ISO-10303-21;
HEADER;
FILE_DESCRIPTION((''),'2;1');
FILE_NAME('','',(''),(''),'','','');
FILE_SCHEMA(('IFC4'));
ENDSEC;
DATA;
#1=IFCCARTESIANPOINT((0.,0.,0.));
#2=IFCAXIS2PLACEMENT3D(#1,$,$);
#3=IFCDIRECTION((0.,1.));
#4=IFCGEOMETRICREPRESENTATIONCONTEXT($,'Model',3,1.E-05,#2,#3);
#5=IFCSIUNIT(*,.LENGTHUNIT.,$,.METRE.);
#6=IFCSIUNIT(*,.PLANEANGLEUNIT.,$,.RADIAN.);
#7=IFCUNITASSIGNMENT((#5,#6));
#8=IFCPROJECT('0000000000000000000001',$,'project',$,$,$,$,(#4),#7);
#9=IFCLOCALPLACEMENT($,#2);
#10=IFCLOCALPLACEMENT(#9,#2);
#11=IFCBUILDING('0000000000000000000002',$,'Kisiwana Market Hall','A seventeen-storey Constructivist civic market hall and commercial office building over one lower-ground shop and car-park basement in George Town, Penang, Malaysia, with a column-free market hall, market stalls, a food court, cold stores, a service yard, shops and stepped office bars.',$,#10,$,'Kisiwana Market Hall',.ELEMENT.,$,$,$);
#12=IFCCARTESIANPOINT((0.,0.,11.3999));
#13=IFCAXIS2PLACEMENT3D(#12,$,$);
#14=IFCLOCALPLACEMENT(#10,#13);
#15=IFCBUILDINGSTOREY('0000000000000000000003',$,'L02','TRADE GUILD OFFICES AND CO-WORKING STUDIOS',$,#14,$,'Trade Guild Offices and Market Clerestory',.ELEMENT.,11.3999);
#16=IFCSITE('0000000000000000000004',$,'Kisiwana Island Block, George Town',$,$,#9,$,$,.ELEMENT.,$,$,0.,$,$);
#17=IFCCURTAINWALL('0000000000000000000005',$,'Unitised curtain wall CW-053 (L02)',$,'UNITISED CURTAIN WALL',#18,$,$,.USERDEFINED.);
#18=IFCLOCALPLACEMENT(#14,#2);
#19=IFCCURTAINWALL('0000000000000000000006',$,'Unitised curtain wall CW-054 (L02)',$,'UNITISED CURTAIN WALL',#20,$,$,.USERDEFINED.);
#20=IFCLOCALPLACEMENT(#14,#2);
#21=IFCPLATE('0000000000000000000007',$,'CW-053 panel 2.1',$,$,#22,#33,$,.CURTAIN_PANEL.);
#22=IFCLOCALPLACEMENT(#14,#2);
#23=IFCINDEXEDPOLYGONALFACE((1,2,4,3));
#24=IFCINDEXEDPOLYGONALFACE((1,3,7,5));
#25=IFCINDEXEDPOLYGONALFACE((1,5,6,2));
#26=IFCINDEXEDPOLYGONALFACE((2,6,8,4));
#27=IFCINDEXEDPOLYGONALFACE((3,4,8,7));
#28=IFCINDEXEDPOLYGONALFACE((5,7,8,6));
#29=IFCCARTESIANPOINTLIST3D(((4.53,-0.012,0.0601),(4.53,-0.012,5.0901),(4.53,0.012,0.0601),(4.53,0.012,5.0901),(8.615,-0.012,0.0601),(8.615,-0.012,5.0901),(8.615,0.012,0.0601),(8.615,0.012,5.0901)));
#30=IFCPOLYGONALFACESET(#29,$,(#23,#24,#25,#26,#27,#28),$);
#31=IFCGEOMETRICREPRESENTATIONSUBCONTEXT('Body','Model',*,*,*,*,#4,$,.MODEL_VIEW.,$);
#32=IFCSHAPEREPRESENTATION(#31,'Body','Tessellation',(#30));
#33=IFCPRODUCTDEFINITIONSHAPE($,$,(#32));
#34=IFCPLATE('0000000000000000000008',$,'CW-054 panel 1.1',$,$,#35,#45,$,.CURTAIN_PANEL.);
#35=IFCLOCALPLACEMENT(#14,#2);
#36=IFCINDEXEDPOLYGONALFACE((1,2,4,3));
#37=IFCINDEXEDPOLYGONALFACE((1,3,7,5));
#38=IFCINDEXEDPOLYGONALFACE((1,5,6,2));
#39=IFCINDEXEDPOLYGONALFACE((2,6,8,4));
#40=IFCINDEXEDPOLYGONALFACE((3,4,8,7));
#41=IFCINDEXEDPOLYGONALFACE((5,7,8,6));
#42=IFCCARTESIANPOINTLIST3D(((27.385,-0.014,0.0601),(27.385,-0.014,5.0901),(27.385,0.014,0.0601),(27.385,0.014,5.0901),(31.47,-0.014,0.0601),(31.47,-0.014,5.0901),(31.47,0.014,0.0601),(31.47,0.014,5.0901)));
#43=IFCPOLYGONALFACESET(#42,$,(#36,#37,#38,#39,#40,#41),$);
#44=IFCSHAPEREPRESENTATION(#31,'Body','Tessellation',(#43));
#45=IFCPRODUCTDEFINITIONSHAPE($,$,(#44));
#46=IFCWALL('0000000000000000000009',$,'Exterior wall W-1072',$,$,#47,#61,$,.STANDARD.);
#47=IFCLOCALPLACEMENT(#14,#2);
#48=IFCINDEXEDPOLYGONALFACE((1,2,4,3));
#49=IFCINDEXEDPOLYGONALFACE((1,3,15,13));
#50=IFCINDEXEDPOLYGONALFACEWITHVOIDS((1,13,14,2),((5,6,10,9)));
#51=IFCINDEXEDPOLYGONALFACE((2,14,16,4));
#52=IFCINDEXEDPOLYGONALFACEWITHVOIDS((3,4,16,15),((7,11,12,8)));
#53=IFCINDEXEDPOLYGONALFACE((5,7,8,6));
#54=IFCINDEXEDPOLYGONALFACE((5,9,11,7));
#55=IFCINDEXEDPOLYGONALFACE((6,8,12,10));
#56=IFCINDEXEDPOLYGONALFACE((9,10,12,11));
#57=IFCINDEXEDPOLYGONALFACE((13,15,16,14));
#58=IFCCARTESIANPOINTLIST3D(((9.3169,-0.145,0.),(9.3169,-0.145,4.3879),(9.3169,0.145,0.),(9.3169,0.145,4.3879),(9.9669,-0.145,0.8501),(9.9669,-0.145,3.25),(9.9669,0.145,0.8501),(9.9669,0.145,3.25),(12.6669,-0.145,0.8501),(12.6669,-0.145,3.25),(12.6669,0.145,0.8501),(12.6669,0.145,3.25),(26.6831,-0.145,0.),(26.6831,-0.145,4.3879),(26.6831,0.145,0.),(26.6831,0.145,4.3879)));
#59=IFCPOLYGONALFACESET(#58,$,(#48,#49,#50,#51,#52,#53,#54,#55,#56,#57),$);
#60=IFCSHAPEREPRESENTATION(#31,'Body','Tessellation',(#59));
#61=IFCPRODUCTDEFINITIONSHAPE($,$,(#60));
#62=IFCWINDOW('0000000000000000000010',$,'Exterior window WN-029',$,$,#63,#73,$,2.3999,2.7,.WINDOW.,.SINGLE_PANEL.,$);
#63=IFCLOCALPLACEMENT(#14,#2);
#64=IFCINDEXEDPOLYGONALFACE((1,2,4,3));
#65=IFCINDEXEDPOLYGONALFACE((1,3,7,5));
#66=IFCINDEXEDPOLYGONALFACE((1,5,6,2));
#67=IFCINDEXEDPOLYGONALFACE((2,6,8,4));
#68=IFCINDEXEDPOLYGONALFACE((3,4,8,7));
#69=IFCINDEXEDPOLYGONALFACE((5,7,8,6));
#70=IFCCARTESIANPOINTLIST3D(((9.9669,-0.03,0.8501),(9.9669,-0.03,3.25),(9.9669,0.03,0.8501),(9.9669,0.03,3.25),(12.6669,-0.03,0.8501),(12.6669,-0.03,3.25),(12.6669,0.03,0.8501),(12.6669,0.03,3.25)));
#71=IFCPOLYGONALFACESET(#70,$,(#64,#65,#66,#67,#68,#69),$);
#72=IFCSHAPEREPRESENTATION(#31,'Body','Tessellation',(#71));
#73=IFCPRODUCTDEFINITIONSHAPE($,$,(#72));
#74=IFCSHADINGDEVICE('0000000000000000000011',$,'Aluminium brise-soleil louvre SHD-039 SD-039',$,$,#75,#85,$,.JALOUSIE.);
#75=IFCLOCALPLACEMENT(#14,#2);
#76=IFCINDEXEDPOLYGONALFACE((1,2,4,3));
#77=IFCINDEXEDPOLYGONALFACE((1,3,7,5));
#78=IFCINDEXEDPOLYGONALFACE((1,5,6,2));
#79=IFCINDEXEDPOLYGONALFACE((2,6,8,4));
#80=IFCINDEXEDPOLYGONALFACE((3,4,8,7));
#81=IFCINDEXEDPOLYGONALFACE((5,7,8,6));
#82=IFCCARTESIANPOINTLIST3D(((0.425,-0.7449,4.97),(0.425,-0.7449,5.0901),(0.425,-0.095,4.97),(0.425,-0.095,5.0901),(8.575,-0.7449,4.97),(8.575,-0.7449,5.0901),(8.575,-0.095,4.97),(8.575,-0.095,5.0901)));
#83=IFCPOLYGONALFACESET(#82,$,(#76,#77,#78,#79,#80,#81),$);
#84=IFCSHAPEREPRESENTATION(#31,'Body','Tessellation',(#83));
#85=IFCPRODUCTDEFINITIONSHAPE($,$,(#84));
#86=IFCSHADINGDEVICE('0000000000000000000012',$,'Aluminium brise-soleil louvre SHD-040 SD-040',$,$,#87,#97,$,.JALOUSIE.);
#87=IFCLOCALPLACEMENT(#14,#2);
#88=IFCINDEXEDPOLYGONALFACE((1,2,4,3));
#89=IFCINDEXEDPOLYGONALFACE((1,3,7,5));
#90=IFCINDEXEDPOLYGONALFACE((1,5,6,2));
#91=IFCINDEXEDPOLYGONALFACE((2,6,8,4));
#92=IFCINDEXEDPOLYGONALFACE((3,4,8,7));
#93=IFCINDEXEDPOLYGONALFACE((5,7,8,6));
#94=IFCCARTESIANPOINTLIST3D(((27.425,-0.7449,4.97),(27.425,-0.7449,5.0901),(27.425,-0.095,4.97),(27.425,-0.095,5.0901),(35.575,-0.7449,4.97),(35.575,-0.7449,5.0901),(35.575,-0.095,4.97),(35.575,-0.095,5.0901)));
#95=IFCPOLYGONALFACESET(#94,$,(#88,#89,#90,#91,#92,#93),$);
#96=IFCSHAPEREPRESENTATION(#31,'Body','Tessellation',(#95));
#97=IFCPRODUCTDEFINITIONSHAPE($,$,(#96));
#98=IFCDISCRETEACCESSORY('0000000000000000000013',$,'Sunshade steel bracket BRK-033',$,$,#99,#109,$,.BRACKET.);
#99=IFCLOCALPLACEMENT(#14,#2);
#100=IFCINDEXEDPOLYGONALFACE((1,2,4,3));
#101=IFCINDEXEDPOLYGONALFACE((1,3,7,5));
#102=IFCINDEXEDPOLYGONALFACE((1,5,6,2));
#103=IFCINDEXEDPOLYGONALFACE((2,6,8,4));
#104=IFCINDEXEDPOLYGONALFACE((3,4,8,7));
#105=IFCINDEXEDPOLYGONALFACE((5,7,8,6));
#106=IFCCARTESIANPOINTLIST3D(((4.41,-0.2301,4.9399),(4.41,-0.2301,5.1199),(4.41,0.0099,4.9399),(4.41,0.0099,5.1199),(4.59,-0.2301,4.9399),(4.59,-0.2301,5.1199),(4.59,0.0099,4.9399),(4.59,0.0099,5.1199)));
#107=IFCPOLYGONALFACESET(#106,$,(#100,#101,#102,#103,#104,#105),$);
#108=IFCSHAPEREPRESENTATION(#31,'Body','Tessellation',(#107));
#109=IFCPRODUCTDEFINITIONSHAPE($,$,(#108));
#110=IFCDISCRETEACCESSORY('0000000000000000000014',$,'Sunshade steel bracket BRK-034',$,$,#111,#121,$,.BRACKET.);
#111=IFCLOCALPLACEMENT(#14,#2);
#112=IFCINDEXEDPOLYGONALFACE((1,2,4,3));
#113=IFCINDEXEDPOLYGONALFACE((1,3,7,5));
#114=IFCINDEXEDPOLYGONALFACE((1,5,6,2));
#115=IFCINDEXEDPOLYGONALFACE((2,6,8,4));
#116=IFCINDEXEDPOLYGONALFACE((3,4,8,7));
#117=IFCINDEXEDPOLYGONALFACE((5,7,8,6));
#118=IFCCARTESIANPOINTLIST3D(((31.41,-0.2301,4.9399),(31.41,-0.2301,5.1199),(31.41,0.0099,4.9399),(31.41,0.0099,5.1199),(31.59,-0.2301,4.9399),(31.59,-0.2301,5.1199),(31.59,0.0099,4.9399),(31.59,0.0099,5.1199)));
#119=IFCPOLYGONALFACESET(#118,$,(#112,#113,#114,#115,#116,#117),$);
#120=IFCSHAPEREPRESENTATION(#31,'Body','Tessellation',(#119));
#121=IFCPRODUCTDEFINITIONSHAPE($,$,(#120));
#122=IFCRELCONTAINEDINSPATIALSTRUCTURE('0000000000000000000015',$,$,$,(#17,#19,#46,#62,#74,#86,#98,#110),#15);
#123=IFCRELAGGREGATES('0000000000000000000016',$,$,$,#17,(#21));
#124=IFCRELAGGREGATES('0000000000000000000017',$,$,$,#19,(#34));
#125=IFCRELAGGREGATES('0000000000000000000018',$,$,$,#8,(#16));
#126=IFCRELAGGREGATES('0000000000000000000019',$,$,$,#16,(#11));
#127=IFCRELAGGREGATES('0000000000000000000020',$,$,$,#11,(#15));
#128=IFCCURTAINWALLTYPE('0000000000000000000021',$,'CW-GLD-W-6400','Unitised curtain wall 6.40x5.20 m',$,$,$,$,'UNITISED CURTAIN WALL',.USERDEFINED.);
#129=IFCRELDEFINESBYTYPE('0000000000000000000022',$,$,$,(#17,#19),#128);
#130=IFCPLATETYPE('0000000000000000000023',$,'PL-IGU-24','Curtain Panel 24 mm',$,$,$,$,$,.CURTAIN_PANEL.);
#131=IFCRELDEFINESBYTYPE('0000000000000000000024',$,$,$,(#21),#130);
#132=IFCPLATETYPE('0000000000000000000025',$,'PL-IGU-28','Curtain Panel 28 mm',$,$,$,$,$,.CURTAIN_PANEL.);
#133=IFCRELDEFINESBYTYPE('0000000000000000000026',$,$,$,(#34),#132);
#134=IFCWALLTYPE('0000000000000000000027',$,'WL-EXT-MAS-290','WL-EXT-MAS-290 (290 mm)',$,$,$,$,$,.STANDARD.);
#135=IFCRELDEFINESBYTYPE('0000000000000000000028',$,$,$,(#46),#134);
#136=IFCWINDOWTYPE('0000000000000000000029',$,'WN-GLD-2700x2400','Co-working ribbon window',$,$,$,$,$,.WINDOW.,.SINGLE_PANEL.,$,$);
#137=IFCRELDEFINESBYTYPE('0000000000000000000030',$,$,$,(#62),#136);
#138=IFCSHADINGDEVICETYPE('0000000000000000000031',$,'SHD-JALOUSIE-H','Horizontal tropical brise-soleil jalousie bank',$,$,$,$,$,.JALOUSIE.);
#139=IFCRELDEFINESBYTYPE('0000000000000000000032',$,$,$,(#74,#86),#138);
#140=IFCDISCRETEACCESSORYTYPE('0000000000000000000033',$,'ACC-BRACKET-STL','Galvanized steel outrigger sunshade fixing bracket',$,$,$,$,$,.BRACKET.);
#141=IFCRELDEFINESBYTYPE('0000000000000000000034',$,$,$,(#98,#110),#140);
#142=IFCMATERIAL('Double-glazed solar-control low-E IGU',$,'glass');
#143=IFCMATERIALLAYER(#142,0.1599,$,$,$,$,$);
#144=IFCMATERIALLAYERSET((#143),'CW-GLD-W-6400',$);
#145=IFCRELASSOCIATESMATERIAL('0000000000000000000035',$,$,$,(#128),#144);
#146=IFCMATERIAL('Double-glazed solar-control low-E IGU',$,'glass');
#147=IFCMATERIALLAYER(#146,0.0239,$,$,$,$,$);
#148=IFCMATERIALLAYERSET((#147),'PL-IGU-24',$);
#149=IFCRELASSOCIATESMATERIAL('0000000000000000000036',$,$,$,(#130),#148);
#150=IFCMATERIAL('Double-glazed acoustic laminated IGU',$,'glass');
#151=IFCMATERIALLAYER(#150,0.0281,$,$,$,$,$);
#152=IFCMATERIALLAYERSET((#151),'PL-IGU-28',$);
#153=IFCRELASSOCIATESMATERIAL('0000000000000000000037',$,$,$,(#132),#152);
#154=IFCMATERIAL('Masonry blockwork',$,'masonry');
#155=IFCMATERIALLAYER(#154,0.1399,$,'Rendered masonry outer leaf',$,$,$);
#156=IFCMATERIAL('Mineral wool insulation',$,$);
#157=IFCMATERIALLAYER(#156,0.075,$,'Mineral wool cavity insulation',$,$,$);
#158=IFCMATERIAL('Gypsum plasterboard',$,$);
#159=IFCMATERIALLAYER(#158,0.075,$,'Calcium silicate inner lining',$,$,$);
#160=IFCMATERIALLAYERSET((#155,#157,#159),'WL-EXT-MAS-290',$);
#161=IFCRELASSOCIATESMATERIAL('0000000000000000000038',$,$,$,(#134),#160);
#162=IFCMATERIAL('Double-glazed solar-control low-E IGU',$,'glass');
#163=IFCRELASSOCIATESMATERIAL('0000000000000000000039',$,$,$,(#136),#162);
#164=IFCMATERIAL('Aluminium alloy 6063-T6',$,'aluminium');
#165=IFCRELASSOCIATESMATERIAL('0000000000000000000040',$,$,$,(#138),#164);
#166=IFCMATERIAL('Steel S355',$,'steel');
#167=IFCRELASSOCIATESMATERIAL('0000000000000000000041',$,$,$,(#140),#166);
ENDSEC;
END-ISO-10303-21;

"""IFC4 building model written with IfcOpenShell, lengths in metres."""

from ifc_helpers import new_model, si_unit, direction, frame, frame_2d, origin, origin_2d, place, context, subcontext, project, spatial, rectangle, extrude, material, layer, layer_set, type_object, element, fill, aggregate, save


model = new_model("IFC4")

# Units and contexts
model_context = context("Model", 3, precision=1e-05, world=origin(), true_north=direction((0.0, 1.0)))
body_context = subcontext(model_context, "Body", "Model", "MODEL_VIEW")
ifc_project = project(units=[si_unit("LENGTHUNIT", "METRE"), si_unit("PLANEANGLEUNIT", "RADIAN")], contexts=[model_context])

# Site, building, storey
site_placement = place(None, origin())
site = spatial("IfcSite", under=ifc_project, at=site_placement, Name="Kisiwana Island Block, George Town", CompositionType="ELEMENT", RefElevation=0.0)
building_placement = place(site_placement, origin())
building = spatial("IfcBuilding", under=site, at=building_placement, Name="Kisiwana Market Hall", Description="A seventeen-storey Constructivist civic market hall and commercial office building over one lower-ground shop and car-park basement in George Town, Penang, Malaysia, with a column-free market hall, market stalls, a food court, cold stores, a service yard, shops and stepped office bars.", LongName="Kisiwana Market Hall", CompositionType="ELEMENT")
storey_placement = place(building_placement, frame((0.0, 0.0, 11.3999)))
storey = spatial("IfcBuildingStorey", under=building, at=storey_placement, Name="L02", Description="TRADE GUILD OFFICES AND CO-WORKING STUDIOS", LongName="Trade Guild Offices and Market Clerestory", CompositionType="ELEMENT", Elevation=11.3999)

# Curtain wall
ifc_material_1 = material(Name="Double-glazed solar-control low-E IGU", Category="glass")
ifc_layer_1 = layer(ifc_material_1, 0.1599)
ifc_layer_set_1 = layer_set([ifc_layer_1], Name="CW-GLD-W-6400")
curtain_wall_type = type_object("IfcCurtainWallType", Name="CW-GLD-W-6400", Description="Unitised curtain wall 6.40x5.20 m", ElementType="UNITISED CURTAIN WALL", PredefinedType="USERDEFINED", material=ifc_layer_set_1)
curtain_wall_1_placement = place(storey_placement, origin())
curtain_wall_1 = element("IfcCurtainWall", 1, at=curtain_wall_1_placement, inside=storey, type_object=curtain_wall_type, Name="Unitised curtain wall CW-053 (L02)", ObjectType="UNITISED CURTAIN WALL", PredefinedType="USERDEFINED")

# Curtain wall
curtain_wall_2_placement = place(storey_placement, origin())
curtain_wall_2 = element("IfcCurtainWall", 2, at=curtain_wall_2_placement, inside=storey, type_object=curtain_wall_type, Name="Unitised curtain wall CW-054 (L02)", ObjectType="UNITISED CURTAIN WALL", PredefinedType="USERDEFINED")

# Plates
ifc_material_2 = material(Name="Double-glazed solar-control low-E IGU", Category="glass")
ifc_layer_2 = layer(ifc_material_2, 0.0239)
ifc_layer_set_2 = layer_set([ifc_layer_2], Name="PL-IGU-24")
plate_type_1 = type_object("IfcPlateType", Name="PL-IGU-24", Description="Curtain Panel 24 mm", PredefinedType="CURTAIN_PANEL", material=ifc_layer_set_2)
plate_1_placement = place(storey_placement, frame((6.5725, 0.0, 0.0601), z_axis=(0.0, 0.0, 1.0), x_axis=(1.0, 0.0, 0.0)))
plate_1 = element("IfcPlate", 3, at=plate_1_placement, type_object=plate_type_1, Name="CW-053 panel 2.1", PredefinedType="CURTAIN_PANEL", context=body_context, shape_type="SweptSolid", body=[
    extrude(rectangle(XDim=4.085, YDim=0.0239, at=origin_2d()), origin(), (0.0, 0.0, 1.0), 5.03),
])
aggregate(curtain_wall_1, [plate_1])
ifc_material_3 = material(Name="Double-glazed acoustic laminated IGU", Category="glass")
ifc_layer_3 = layer(ifc_material_3, 0.0281)
ifc_layer_set_3 = layer_set([ifc_layer_3], Name="PL-IGU-28")
plate_type_2 = type_object("IfcPlateType", Name="PL-IGU-28", Description="Curtain Panel 28 mm", PredefinedType="CURTAIN_PANEL", material=ifc_layer_set_3)
plate_2_placement = place(storey_placement, frame((29.4275, 0.0, 0.0601), z_axis=(0.0, 0.0, 1.0), x_axis=(1.0, 0.0, 0.0)))
plate_2 = element("IfcPlate", 4, at=plate_2_placement, type_object=plate_type_2, Name="CW-054 panel 1.1", PredefinedType="CURTAIN_PANEL", context=body_context, shape_type="SweptSolid", body=[
    extrude(rectangle(XDim=4.085, YDim=0.0281, at=origin_2d()), origin(), (0.0, 0.0, 1.0), 5.03),
])
aggregate(curtain_wall_2, [plate_2])

# Wall, opening, window
ifc_material_4 = material(Name="Masonry blockwork", Category="masonry")
ifc_layer_4 = layer(ifc_material_4, 0.1399, Name="Rendered masonry outer leaf")
ifc_material_5 = material(Name="Mineral wool insulation")
ifc_layer_5 = layer(ifc_material_5, 0.075, Name="Mineral wool cavity insulation")
ifc_material_6 = material(Name="Gypsum plasterboard")
ifc_layer_6 = layer(ifc_material_6, 0.075, Name="Calcium silicate inner lining")
ifc_layer_set_4 = layer_set([ifc_layer_4, ifc_layer_5, ifc_layer_6], Name="WL-EXT-MAS-290")
wall_type = type_object("IfcWallType", Name="WL-EXT-MAS-290", Description="WL-EXT-MAS-290 (290 mm)", PredefinedType="STANDARD", material=ifc_layer_set_4)
wall_placement = place(storey_placement, frame((9.3169, 0.0, 0.0), z_axis=(0.0, 0.0, 1.0), x_axis=(1.0, 0.0, 0.0)))
wall = element("IfcWall", 5, at=wall_placement, inside=storey, type_object=wall_type, Name="Exterior wall W-1072", PredefinedType="STANDARD", context=body_context, shape_type="SweptSolid", body=[
    extrude(rectangle(XDim=17.3662, YDim=0.29, at=frame_2d((8.6831, 0.0))), origin(), (0.0, 0.0, 1.0), 4.3879),
])
opening_placement = place(wall_placement, frame((0.6499, 0.0, 0.8501)))
opening = element("IfcOpeningElement", 6, at=opening_placement, cuts=wall, PredefinedType="OPENING", context=body_context, shape_type="SweptSolid", body=[
    extrude(rectangle(XDim=2.7, YDim=2.3999, at=frame_2d((1.3501, 1.2))), frame((0.0, 0.157, 0.0), z_axis=(0.0, -1.0, 0.0), x_axis=(1.0, 0.0, 0.0)), (0.0, 0.0, 1.0), 0.314),
])
ifc_material_7 = material(Name="Double-glazed solar-control low-E IGU", Category="glass")
window_type = type_object("IfcWindowType", Name="WN-GLD-2700x2400", Description="Co-working ribbon window", PartitioningType="SINGLE_PANEL", PredefinedType="WINDOW", material=ifc_material_7)
window_placement = place(opening_placement, origin())
window = element("IfcWindow", 7, at=window_placement, inside=storey, type_object=window_type, Name="Exterior window WN-029", OverallHeight=2.3999, OverallWidth=2.7, PartitioningType="SINGLE_PANEL", PredefinedType="WINDOW", context=body_context, shape_type="SweptSolid", body=[
    extrude(rectangle(XDim=2.7, YDim=2.3999, at=frame_2d((1.3501, 1.2))), frame((0.0, 0.03, 0.0), z_axis=(0.0, -1.0, 0.0), x_axis=(1.0, 0.0, 0.0)), (0.0, 0.0, 1.0), 0.0601),
])
fill(opening, window)

# Shading devices
ifc_material_8 = material(Name="Aluminium alloy 6063-T6", Category="aluminium")
shading_device_type = type_object("IfcShadingDeviceType", Name="SHD-JALOUSIE-H", Description="Horizontal tropical brise-soleil jalousie bank", PredefinedType="JALOUSIE", material=ifc_material_8)
for number, where, z_axis, x_axis, name in (
    (8, (4.5, -0.4199, 4.97), (0.0, 0.0, 1.0), (1.0, 0.0, 0.0), "Aluminium brise-soleil louvre SHD-039 SD-039"),
    (9, (31.5, -0.4199, 4.97), (0.0, 0.0, 1.0), (1.0, 0.0, 0.0), "Aluminium brise-soleil louvre SHD-040 SD-040"),
):
    element("IfcShadingDevice", number, at=place(storey_placement, frame(where, z_axis=z_axis, x_axis=x_axis)), inside=storey, type_object=shading_device_type, Name=name, PredefinedType="JALOUSIE", context=body_context, shape_type="SweptSolid", body=[
        extrude(rectangle(XDim=8.1499, YDim=0.6499, at=origin_2d()), origin(), (0.0, 0.0, 1.0), 0.1201),
    ])

# Discrete accessories
ifc_material_9 = material(Name="Steel S355", Category="steel")
discrete_accessory_type = type_object("IfcDiscreteAccessoryType", Name="ACC-BRACKET-STL", Description="Galvanized steel outrigger sunshade fixing bracket", PredefinedType="BRACKET", material=ifc_material_9)
for number, where, z_axis, x_axis, name in (
    (10, (4.5, -0.1101, 4.9399), (0.0, 0.0, 1.0), (1.0, 0.0, 0.0), "Sunshade steel bracket BRK-033"),
    (11, (31.5, -0.1101, 4.9399), (0.0, 0.0, 1.0), (1.0, 0.0, 0.0), "Sunshade steel bracket BRK-034"),
):
    element("IfcDiscreteAccessory", number, at=place(storey_placement, frame(where, z_axis=z_axis, x_axis=x_axis)), inside=storey, type_object=discrete_accessory_type, Name=name, PredefinedType="BRACKET", context=body_context, shape_type="SweptSolid", body=[
        extrude(rectangle(XDim=0.1799, YDim=0.24, at=origin_2d()), origin(), (0.0, 0.0, 1.0), 0.1799),
    ])

save(model, "model.ifc")
